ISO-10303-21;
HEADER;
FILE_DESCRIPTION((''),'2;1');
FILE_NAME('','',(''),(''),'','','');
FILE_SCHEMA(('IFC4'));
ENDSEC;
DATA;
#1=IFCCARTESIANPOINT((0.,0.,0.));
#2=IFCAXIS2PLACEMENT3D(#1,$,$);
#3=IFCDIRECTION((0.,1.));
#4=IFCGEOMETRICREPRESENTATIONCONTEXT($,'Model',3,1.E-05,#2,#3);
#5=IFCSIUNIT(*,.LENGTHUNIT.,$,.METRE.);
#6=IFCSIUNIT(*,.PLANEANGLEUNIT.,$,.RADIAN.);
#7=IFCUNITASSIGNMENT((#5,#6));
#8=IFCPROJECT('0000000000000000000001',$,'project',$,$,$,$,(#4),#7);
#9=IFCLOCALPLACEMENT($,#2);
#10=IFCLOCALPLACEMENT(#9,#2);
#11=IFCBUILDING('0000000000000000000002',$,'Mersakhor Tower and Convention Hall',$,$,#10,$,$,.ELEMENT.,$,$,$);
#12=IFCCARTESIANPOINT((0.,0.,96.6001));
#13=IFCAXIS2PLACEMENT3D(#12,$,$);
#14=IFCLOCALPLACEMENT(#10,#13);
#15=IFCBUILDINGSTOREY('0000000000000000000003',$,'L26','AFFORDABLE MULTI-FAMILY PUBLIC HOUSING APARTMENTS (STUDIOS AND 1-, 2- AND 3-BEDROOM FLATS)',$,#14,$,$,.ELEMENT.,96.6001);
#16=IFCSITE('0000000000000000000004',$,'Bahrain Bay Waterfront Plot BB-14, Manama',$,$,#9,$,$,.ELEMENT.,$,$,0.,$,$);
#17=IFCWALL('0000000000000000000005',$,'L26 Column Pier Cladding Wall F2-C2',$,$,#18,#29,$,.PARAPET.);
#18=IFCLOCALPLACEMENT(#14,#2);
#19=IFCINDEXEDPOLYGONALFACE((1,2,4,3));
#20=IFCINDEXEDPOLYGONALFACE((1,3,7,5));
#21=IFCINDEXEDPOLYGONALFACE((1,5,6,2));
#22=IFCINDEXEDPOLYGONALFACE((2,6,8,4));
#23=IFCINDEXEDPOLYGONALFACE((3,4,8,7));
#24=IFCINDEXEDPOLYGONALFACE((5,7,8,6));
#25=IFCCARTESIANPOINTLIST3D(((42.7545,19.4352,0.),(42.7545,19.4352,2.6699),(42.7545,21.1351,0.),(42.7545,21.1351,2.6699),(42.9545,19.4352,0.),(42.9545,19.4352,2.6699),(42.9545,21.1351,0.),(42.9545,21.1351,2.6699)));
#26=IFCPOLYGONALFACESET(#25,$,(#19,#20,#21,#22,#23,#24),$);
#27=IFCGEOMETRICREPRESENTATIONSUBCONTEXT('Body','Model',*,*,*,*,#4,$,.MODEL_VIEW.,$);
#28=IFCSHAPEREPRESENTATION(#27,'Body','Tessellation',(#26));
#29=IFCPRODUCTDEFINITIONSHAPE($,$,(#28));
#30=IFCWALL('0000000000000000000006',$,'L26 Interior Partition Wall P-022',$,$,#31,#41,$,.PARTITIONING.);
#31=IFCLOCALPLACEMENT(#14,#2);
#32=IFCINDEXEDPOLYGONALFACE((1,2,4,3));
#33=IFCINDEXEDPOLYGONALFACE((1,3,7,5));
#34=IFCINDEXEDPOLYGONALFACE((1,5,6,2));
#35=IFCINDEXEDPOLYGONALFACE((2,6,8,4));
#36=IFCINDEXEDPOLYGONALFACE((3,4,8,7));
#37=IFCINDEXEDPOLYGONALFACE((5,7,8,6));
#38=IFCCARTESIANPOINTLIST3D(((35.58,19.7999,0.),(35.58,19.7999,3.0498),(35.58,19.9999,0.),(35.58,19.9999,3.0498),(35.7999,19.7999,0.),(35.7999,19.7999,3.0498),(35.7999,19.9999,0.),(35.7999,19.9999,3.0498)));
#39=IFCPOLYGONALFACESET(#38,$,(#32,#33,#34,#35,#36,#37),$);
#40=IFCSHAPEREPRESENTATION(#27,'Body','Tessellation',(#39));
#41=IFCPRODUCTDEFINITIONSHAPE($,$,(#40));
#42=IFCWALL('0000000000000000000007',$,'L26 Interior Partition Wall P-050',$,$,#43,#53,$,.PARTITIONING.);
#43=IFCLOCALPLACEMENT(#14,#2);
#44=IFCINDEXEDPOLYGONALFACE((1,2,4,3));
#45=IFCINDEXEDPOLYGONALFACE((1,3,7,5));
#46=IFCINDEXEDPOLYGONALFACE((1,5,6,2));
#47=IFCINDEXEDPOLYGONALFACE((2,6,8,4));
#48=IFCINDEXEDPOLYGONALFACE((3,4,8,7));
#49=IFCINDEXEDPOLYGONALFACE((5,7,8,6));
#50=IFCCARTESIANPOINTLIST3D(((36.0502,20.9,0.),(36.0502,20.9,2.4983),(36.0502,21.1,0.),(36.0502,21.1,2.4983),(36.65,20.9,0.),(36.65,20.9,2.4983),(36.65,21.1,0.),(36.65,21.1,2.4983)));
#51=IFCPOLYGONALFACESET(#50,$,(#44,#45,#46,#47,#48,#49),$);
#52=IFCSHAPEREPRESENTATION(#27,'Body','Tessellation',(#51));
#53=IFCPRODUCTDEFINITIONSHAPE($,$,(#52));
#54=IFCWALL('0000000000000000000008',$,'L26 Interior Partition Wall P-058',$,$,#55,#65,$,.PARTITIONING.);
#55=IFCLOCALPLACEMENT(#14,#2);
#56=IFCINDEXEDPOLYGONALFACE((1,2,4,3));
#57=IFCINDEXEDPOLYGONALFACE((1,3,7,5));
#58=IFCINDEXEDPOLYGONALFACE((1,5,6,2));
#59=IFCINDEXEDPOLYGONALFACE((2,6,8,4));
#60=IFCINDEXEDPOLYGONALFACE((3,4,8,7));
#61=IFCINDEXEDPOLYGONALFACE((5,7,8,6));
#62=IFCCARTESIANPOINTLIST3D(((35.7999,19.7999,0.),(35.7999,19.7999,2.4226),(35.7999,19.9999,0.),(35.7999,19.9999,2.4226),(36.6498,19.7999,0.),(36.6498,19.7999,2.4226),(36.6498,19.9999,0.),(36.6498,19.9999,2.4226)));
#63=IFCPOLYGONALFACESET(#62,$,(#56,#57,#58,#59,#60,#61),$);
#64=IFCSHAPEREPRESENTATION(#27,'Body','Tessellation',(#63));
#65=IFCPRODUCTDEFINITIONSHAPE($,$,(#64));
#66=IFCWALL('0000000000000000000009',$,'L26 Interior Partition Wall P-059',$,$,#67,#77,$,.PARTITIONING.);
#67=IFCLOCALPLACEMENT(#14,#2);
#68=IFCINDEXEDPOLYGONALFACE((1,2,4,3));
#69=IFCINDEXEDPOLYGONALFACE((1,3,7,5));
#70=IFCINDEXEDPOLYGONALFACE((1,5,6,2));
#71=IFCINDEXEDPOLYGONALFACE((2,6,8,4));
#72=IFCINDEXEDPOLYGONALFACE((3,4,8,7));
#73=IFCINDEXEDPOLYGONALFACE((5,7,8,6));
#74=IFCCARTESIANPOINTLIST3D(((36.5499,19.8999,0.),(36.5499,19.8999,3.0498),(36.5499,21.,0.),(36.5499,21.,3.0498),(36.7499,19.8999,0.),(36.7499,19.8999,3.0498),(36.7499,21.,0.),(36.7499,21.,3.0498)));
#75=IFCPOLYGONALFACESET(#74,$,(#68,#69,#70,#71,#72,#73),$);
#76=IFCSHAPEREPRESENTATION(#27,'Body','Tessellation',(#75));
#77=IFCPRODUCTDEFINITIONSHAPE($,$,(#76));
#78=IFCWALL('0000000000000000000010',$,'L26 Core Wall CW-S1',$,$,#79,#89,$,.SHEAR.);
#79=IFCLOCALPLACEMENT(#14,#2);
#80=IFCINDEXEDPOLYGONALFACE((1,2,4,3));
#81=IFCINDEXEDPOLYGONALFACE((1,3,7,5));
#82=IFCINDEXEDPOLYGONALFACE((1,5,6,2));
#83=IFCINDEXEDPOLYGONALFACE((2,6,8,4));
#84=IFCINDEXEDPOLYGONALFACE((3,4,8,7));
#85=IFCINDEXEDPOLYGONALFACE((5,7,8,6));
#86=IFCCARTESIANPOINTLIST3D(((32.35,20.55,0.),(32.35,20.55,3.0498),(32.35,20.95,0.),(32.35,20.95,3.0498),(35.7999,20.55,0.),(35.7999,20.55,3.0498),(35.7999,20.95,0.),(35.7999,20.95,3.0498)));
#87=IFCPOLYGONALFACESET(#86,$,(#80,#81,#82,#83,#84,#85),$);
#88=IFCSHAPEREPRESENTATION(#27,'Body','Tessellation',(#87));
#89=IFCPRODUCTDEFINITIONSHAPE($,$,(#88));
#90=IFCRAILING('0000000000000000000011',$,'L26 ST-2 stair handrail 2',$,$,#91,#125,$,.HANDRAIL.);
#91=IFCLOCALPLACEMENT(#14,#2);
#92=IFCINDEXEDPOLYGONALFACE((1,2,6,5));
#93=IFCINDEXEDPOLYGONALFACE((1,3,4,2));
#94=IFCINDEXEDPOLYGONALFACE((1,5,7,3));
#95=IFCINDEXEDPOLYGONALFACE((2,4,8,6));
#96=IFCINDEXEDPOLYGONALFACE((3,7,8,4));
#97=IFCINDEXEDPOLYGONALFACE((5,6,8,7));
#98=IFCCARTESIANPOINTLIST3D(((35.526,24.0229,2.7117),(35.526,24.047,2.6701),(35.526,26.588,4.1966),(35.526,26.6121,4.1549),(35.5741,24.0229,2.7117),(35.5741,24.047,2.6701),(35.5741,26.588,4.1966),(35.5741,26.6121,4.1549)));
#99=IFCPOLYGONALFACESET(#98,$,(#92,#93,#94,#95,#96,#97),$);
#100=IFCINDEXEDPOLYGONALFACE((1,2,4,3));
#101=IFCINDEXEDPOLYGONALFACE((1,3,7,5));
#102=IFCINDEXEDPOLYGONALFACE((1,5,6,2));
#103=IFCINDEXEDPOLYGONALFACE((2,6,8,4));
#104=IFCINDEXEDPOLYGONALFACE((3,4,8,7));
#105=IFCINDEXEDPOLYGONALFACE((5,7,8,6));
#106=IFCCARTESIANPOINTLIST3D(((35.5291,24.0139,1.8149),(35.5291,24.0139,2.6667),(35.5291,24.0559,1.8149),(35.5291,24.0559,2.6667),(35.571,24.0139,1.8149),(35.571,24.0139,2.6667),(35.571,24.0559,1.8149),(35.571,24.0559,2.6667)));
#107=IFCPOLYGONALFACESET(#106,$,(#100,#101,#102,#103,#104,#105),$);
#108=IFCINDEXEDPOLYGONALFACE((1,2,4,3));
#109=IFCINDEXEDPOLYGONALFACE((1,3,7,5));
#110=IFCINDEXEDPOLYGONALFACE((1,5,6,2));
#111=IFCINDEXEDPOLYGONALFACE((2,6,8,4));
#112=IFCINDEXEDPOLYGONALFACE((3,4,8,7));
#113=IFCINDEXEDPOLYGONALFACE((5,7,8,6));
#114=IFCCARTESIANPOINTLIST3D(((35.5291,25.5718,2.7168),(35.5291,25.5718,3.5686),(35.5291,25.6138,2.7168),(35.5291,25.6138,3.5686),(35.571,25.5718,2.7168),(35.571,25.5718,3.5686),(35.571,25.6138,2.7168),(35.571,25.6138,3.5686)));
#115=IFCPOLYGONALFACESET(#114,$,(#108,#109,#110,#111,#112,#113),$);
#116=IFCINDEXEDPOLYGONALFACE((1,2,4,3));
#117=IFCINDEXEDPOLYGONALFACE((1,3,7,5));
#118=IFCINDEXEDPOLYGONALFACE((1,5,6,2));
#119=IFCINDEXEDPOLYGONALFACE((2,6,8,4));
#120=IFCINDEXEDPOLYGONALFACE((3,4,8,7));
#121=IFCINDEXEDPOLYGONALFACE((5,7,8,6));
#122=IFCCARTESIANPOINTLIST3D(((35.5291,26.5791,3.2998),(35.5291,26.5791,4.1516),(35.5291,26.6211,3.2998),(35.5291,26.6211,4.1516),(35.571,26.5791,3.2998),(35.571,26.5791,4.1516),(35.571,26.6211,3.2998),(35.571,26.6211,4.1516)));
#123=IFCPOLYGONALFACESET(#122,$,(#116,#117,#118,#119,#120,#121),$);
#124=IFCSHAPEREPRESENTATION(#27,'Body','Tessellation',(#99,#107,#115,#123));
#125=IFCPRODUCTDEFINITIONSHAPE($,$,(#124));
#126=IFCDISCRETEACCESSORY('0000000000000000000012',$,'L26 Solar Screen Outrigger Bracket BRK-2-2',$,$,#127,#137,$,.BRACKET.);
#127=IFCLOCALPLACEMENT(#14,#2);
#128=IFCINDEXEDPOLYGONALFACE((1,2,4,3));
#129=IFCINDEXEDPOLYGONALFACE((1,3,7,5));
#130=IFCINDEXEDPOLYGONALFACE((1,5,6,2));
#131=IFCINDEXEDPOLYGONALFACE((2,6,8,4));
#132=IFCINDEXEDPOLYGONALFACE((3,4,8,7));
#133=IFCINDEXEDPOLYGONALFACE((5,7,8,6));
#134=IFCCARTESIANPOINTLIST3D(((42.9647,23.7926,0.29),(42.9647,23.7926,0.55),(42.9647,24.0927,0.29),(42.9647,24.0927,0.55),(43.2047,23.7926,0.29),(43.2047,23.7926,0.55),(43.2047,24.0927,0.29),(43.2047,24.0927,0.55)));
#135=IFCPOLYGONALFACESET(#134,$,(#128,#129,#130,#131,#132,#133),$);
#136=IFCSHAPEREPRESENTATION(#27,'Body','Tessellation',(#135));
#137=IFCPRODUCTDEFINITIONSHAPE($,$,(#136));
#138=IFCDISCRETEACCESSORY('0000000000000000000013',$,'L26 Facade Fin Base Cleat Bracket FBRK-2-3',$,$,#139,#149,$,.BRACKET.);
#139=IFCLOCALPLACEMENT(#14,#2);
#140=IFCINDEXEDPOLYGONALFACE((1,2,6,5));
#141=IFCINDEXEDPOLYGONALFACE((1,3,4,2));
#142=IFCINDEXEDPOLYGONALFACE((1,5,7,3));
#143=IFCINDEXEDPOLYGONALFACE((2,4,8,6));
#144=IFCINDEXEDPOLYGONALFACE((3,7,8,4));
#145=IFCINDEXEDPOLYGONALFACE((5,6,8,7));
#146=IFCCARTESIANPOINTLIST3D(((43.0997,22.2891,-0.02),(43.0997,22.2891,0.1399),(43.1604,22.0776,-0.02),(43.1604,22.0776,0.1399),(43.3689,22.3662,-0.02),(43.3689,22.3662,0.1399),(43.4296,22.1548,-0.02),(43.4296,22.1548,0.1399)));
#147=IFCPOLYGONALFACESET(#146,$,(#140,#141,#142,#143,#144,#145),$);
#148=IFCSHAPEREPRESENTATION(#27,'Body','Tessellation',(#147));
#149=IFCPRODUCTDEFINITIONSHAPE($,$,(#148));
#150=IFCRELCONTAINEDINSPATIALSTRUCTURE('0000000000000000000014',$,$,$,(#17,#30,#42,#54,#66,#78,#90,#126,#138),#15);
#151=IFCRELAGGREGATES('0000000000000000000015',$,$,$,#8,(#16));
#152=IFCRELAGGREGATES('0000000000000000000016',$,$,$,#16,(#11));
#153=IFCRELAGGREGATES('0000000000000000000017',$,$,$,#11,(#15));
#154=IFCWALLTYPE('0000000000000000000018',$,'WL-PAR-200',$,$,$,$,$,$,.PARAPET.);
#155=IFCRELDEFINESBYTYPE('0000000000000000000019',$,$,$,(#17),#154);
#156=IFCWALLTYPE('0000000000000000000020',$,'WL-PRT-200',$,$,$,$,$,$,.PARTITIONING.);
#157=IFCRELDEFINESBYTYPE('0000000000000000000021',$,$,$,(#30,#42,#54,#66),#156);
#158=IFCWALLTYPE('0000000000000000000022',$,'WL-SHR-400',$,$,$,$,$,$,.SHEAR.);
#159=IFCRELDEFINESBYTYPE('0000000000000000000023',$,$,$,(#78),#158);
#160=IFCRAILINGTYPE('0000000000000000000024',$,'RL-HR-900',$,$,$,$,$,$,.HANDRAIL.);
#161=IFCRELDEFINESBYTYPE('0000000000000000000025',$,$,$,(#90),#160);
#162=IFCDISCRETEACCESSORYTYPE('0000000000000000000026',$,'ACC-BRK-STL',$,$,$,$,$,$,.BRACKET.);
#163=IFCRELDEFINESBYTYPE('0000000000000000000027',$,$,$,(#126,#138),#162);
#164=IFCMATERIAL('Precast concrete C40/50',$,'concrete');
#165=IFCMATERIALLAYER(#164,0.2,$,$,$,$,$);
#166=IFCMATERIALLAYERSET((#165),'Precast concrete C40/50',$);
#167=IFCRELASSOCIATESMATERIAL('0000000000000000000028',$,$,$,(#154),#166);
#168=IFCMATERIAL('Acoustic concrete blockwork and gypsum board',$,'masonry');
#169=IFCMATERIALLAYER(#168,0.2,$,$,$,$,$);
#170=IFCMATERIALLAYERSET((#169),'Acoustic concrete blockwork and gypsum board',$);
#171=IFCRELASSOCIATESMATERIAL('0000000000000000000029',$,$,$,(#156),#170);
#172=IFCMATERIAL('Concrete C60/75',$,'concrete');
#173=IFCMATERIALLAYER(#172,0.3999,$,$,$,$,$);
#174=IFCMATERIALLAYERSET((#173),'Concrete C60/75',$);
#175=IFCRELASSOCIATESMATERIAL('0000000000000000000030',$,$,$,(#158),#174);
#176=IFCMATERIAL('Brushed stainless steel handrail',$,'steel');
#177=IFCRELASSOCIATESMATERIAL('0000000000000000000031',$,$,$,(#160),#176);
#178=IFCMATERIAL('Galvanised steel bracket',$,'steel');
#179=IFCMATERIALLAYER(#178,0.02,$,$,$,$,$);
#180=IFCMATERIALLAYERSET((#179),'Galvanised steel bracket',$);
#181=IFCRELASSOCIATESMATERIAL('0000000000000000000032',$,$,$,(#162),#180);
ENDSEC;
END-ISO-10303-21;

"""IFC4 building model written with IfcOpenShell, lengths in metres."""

from ifc_helpers import new_model, si_unit, direction, frame, frame_2d, origin, origin_2d, place, context, subcontext, project, spatial, rectangle, extrude, material, layer, layer_set, type_object, element, save


model = new_model("IFC4")

# Units and contexts
model_context = context("Model", 3, precision=1e-05, world=origin(), true_north=direction((0.0, 1.0)))
body_context = subcontext(model_context, "Body", "Model", "MODEL_VIEW")
ifc_project = project(units=[si_unit("LENGTHUNIT", "METRE"), si_unit("PLANEANGLEUNIT", "RADIAN")], contexts=[model_context])

# Site, building, storey
site_placement = place(None, origin())
site = spatial("IfcSite", under=ifc_project, at=site_placement, Name="Bahrain Bay Waterfront Plot BB-14, Manama", CompositionType="ELEMENT", RefElevation=0.0)
building_placement = place(site_placement, origin())
building = spatial("IfcBuilding", under=site, at=building_placement, Name="Mersakhor Tower and Convention Hall", CompositionType="ELEMENT")
storey_placement = place(building_placement, frame((0.0, 0.0, 96.6001)))
storey = spatial("IfcBuildingStorey", under=building, at=storey_placement, Name="L26", Description="AFFORDABLE MULTI-FAMILY PUBLIC HOUSING APARTMENTS (STUDIOS AND 1-, 2- AND 3-BEDROOM FLATS)", CompositionType="ELEMENT", Elevation=96.6001)

# Walls
ifc_material_1 = material(Name="Precast concrete C40/50", Category="concrete")
ifc_layer_1 = layer(ifc_material_1, 0.2)
ifc_layer_set_1 = layer_set([ifc_layer_1], Name="Precast concrete C40/50")
wall_type_1 = type_object("IfcWallType", Name="WL-PAR-200", PredefinedType="PARAPET", material=ifc_layer_set_1)
wall_1_placement = place(storey_placement, frame((42.8545, 21.1353, 0.0), z_axis=(0.0, 0.0, 1.0), x_axis=(0.0, -1.0, 0.0)))
element("IfcWall", 1, at=wall_1_placement, inside=storey, type_object=wall_type_1, Name="L26 Column Pier Cladding Wall F2-C2", PredefinedType="PARAPET", context=body_context, shape_type="SweptSolid", body=[
    extrude(rectangle(XDim=1.7, YDim=0.2, at=frame_2d((0.8501, 0.0))), origin(), (0.0, 0.0, 1.0), 2.6699),
])
ifc_material_2 = material(Name="Acoustic concrete blockwork and gypsum board", Category="masonry")
ifc_layer_2 = layer(ifc_material_2, 0.2)
ifc_layer_set_2 = layer_set([ifc_layer_2], Name="Acoustic concrete blockwork and gypsum board")
wall_type_2 = type_object("IfcWallType", Name="WL-PRT-200", PredefinedType="PARTITIONING", material=ifc_layer_set_2)
wall_2_placement = place(storey_placement, frame((35.5801, 19.8999, 0.0), z_axis=(0.0, 0.0, 1.0), x_axis=(1.0, 0.0, 0.0)))
element("IfcWall", 2, at=wall_2_placement, inside=storey, type_object=wall_type_2, Name="L26 Interior Partition Wall P-022", PredefinedType="PARTITIONING", context=body_context, shape_type="SweptSolid", body=[
    extrude(rectangle(XDim=0.22, YDim=0.2, at=frame_2d((0.1099, 0.0))), origin(), (0.0, 0.0, 1.0), 3.0498),
])

# Walls
wall_3_placement = place(storey_placement, frame((36.6499, 21.0, 0.0), z_axis=(0.0, 0.0, 1.0), x_axis=(-1.0, 0.0, 0.0)))
element("IfcWall", 3, at=wall_3_placement, inside=storey, type_object=wall_type_2, Name="L26 Interior Partition Wall P-050", PredefinedType="PARTITIONING", context=body_context, shape_type="SweptSolid", body=[
    extrude(rectangle(XDim=0.5999, YDim=0.2, at=frame_2d((0.2998, 0.0))), origin(), (0.0, 0.0, 1.0), 2.4983),
])
wall_4_placement = place(storey_placement, frame((35.8, 19.8999, 0.0), z_axis=(0.0, 0.0, 1.0), x_axis=(1.0, 0.0, 0.0)))
element("IfcWall", 4, at=wall_4_placement, inside=storey, type_object=wall_type_2, Name="L26 Interior Partition Wall P-058", PredefinedType="PARTITIONING", context=body_context, shape_type="SweptSolid", body=[
    extrude(rectangle(XDim=0.8499, YDim=0.2, at=frame_2d((0.4248, 0.0))), origin(), (0.0, 0.0, 1.0), 2.4226),
])
wall_5_placement = place(storey_placement, frame((36.6499, 19.8999, 0.0), z_axis=(0.0, 0.0, 1.0), x_axis=(0.0, 1.0, 0.0)))
element("IfcWall", 5, at=wall_5_placement, inside=storey, type_object=wall_type_2, Name="L26 Interior Partition Wall P-059", PredefinedType="PARTITIONING", context=body_context, shape_type="SweptSolid", body=[
    extrude(rectangle(XDim=1.1001, YDim=0.2, at=frame_2d((0.55, 0.0))), origin(), (0.0, 0.0, 1.0), 3.0498),
])
ifc_material_3 = material(Name="Concrete C60/75", Category="concrete")
ifc_layer_3 = layer(ifc_material_3, 0.3999)
ifc_layer_set_3 = layer_set([ifc_layer_3], Name="Concrete C60/75")
wall_type_3 = type_object("IfcWallType", Name="WL-SHR-400", PredefinedType="SHEAR", material=ifc_layer_set_3)
wall_6_placement = place(storey_placement, frame((35.8, 20.75, 0.0), z_axis=(0.0, 0.0, 1.0), x_axis=(-1.0, 0.0, 0.0)))
element("IfcWall", 6, at=wall_6_placement, inside=storey, type_object=wall_type_3, Name="L26 Core Wall CW-S1", PredefinedType="SHEAR", context=body_context, shape_type="SweptSolid", body=[
    extrude(rectangle(XDim=3.45, YDim=0.3999, at=frame_2d((1.7251, 0.0))), origin(), (0.0, 0.0, 1.0), 3.0498),
])

# Railing
ifc_material_4 = material(Name="Brushed stainless steel handrail", Category="steel")
railing_type = type_object("IfcRailingType", Name="RL-HR-900", PredefinedType="HANDRAIL", material=ifc_material_4)
railing_placement = place(storey_placement, frame((35.55, 24.0349, 1.8149)))
element("IfcRailing", 7, at=railing_placement, inside=storey, type_object=railing_type, Name="L26 ST-2 stair handrail 2", PredefinedType="HANDRAIL", context=body_context, shape_type="SweptSolid", body=[
    extrude(rectangle(XDim=0.0481, YDim=0.0481, at=origin_2d()), frame((0.0, 0.0, 0.876), z_axis=(0.0, 0.865462, 0.500975), x_axis=(-1.0, 0.0, 0.0)), (0.0, 0.0, 1.0), 2.9639),
    extrude(rectangle(XDim=0.042, YDim=0.042, at=origin_2d()), origin(), (0.0, 0.0, 1.0), 0.8518),
    extrude(rectangle(XDim=0.042, YDim=0.042, at=origin_2d()), frame((0.0, 1.5579, 0.9019)), (0.0, 0.0, 1.0), 0.8518),
    extrude(rectangle(XDim=0.042, YDim=0.042, at=origin_2d()), frame((0.0, 2.5652, 1.4849)), (0.0, 0.0, 1.0), 0.8518),
])

# Discrete accessories
ifc_material_5 = material(Name="Galvanised steel bracket", Category="steel")
ifc_layer_4 = layer(ifc_material_5, 0.02)
ifc_layer_set_4 = layer_set([ifc_layer_4], Name="Galvanised steel bracket")
discrete_accessory_type = type_object("IfcDiscreteAccessoryType", Name="ACC-BRK-STL", PredefinedType="BRACKET", material=ifc_layer_set_4)
discrete_accessory_1_placement = place(storey_placement, frame((43.0847, 23.9426, 0.29), z_axis=(0.0, 0.0, 1.0), x_axis=(0.0, -1.0, 0.0)))
element("IfcDiscreteAccessory", 8, at=discrete_accessory_1_placement, inside=storey, type_object=discrete_accessory_type, Name="L26 Solar Screen Outrigger Bracket BRK-2-2", PredefinedType="BRACKET", context=body_context, shape_type="SweptSolid", body=[
    extrude(rectangle(XDim=0.3, YDim=0.24, at=origin_2d()), origin(), (0.0, 0.0, 1.0), 0.26),
])
discrete_accessory_2_placement = place(storey_placement, frame((43.2646, 22.2219, -0.02), z_axis=(0.0, 0.0, 1.0), x_axis=(0.961262, 0.275637, 0.0)))
element("IfcDiscreteAccessory", 9, at=discrete_accessory_2_placement, inside=storey, type_object=discrete_accessory_type, Name="L26 Facade Fin Base Cleat Bracket FBRK-2-3", PredefinedType="BRACKET", context=body_context, shape_type="SweptSolid", body=[
    extrude(rectangle(XDim=0.28, YDim=0.22, at=origin_2d()), origin(), (0.0, 0.0, 1.0), 0.1599),
])

save(model, "model.ifc")
